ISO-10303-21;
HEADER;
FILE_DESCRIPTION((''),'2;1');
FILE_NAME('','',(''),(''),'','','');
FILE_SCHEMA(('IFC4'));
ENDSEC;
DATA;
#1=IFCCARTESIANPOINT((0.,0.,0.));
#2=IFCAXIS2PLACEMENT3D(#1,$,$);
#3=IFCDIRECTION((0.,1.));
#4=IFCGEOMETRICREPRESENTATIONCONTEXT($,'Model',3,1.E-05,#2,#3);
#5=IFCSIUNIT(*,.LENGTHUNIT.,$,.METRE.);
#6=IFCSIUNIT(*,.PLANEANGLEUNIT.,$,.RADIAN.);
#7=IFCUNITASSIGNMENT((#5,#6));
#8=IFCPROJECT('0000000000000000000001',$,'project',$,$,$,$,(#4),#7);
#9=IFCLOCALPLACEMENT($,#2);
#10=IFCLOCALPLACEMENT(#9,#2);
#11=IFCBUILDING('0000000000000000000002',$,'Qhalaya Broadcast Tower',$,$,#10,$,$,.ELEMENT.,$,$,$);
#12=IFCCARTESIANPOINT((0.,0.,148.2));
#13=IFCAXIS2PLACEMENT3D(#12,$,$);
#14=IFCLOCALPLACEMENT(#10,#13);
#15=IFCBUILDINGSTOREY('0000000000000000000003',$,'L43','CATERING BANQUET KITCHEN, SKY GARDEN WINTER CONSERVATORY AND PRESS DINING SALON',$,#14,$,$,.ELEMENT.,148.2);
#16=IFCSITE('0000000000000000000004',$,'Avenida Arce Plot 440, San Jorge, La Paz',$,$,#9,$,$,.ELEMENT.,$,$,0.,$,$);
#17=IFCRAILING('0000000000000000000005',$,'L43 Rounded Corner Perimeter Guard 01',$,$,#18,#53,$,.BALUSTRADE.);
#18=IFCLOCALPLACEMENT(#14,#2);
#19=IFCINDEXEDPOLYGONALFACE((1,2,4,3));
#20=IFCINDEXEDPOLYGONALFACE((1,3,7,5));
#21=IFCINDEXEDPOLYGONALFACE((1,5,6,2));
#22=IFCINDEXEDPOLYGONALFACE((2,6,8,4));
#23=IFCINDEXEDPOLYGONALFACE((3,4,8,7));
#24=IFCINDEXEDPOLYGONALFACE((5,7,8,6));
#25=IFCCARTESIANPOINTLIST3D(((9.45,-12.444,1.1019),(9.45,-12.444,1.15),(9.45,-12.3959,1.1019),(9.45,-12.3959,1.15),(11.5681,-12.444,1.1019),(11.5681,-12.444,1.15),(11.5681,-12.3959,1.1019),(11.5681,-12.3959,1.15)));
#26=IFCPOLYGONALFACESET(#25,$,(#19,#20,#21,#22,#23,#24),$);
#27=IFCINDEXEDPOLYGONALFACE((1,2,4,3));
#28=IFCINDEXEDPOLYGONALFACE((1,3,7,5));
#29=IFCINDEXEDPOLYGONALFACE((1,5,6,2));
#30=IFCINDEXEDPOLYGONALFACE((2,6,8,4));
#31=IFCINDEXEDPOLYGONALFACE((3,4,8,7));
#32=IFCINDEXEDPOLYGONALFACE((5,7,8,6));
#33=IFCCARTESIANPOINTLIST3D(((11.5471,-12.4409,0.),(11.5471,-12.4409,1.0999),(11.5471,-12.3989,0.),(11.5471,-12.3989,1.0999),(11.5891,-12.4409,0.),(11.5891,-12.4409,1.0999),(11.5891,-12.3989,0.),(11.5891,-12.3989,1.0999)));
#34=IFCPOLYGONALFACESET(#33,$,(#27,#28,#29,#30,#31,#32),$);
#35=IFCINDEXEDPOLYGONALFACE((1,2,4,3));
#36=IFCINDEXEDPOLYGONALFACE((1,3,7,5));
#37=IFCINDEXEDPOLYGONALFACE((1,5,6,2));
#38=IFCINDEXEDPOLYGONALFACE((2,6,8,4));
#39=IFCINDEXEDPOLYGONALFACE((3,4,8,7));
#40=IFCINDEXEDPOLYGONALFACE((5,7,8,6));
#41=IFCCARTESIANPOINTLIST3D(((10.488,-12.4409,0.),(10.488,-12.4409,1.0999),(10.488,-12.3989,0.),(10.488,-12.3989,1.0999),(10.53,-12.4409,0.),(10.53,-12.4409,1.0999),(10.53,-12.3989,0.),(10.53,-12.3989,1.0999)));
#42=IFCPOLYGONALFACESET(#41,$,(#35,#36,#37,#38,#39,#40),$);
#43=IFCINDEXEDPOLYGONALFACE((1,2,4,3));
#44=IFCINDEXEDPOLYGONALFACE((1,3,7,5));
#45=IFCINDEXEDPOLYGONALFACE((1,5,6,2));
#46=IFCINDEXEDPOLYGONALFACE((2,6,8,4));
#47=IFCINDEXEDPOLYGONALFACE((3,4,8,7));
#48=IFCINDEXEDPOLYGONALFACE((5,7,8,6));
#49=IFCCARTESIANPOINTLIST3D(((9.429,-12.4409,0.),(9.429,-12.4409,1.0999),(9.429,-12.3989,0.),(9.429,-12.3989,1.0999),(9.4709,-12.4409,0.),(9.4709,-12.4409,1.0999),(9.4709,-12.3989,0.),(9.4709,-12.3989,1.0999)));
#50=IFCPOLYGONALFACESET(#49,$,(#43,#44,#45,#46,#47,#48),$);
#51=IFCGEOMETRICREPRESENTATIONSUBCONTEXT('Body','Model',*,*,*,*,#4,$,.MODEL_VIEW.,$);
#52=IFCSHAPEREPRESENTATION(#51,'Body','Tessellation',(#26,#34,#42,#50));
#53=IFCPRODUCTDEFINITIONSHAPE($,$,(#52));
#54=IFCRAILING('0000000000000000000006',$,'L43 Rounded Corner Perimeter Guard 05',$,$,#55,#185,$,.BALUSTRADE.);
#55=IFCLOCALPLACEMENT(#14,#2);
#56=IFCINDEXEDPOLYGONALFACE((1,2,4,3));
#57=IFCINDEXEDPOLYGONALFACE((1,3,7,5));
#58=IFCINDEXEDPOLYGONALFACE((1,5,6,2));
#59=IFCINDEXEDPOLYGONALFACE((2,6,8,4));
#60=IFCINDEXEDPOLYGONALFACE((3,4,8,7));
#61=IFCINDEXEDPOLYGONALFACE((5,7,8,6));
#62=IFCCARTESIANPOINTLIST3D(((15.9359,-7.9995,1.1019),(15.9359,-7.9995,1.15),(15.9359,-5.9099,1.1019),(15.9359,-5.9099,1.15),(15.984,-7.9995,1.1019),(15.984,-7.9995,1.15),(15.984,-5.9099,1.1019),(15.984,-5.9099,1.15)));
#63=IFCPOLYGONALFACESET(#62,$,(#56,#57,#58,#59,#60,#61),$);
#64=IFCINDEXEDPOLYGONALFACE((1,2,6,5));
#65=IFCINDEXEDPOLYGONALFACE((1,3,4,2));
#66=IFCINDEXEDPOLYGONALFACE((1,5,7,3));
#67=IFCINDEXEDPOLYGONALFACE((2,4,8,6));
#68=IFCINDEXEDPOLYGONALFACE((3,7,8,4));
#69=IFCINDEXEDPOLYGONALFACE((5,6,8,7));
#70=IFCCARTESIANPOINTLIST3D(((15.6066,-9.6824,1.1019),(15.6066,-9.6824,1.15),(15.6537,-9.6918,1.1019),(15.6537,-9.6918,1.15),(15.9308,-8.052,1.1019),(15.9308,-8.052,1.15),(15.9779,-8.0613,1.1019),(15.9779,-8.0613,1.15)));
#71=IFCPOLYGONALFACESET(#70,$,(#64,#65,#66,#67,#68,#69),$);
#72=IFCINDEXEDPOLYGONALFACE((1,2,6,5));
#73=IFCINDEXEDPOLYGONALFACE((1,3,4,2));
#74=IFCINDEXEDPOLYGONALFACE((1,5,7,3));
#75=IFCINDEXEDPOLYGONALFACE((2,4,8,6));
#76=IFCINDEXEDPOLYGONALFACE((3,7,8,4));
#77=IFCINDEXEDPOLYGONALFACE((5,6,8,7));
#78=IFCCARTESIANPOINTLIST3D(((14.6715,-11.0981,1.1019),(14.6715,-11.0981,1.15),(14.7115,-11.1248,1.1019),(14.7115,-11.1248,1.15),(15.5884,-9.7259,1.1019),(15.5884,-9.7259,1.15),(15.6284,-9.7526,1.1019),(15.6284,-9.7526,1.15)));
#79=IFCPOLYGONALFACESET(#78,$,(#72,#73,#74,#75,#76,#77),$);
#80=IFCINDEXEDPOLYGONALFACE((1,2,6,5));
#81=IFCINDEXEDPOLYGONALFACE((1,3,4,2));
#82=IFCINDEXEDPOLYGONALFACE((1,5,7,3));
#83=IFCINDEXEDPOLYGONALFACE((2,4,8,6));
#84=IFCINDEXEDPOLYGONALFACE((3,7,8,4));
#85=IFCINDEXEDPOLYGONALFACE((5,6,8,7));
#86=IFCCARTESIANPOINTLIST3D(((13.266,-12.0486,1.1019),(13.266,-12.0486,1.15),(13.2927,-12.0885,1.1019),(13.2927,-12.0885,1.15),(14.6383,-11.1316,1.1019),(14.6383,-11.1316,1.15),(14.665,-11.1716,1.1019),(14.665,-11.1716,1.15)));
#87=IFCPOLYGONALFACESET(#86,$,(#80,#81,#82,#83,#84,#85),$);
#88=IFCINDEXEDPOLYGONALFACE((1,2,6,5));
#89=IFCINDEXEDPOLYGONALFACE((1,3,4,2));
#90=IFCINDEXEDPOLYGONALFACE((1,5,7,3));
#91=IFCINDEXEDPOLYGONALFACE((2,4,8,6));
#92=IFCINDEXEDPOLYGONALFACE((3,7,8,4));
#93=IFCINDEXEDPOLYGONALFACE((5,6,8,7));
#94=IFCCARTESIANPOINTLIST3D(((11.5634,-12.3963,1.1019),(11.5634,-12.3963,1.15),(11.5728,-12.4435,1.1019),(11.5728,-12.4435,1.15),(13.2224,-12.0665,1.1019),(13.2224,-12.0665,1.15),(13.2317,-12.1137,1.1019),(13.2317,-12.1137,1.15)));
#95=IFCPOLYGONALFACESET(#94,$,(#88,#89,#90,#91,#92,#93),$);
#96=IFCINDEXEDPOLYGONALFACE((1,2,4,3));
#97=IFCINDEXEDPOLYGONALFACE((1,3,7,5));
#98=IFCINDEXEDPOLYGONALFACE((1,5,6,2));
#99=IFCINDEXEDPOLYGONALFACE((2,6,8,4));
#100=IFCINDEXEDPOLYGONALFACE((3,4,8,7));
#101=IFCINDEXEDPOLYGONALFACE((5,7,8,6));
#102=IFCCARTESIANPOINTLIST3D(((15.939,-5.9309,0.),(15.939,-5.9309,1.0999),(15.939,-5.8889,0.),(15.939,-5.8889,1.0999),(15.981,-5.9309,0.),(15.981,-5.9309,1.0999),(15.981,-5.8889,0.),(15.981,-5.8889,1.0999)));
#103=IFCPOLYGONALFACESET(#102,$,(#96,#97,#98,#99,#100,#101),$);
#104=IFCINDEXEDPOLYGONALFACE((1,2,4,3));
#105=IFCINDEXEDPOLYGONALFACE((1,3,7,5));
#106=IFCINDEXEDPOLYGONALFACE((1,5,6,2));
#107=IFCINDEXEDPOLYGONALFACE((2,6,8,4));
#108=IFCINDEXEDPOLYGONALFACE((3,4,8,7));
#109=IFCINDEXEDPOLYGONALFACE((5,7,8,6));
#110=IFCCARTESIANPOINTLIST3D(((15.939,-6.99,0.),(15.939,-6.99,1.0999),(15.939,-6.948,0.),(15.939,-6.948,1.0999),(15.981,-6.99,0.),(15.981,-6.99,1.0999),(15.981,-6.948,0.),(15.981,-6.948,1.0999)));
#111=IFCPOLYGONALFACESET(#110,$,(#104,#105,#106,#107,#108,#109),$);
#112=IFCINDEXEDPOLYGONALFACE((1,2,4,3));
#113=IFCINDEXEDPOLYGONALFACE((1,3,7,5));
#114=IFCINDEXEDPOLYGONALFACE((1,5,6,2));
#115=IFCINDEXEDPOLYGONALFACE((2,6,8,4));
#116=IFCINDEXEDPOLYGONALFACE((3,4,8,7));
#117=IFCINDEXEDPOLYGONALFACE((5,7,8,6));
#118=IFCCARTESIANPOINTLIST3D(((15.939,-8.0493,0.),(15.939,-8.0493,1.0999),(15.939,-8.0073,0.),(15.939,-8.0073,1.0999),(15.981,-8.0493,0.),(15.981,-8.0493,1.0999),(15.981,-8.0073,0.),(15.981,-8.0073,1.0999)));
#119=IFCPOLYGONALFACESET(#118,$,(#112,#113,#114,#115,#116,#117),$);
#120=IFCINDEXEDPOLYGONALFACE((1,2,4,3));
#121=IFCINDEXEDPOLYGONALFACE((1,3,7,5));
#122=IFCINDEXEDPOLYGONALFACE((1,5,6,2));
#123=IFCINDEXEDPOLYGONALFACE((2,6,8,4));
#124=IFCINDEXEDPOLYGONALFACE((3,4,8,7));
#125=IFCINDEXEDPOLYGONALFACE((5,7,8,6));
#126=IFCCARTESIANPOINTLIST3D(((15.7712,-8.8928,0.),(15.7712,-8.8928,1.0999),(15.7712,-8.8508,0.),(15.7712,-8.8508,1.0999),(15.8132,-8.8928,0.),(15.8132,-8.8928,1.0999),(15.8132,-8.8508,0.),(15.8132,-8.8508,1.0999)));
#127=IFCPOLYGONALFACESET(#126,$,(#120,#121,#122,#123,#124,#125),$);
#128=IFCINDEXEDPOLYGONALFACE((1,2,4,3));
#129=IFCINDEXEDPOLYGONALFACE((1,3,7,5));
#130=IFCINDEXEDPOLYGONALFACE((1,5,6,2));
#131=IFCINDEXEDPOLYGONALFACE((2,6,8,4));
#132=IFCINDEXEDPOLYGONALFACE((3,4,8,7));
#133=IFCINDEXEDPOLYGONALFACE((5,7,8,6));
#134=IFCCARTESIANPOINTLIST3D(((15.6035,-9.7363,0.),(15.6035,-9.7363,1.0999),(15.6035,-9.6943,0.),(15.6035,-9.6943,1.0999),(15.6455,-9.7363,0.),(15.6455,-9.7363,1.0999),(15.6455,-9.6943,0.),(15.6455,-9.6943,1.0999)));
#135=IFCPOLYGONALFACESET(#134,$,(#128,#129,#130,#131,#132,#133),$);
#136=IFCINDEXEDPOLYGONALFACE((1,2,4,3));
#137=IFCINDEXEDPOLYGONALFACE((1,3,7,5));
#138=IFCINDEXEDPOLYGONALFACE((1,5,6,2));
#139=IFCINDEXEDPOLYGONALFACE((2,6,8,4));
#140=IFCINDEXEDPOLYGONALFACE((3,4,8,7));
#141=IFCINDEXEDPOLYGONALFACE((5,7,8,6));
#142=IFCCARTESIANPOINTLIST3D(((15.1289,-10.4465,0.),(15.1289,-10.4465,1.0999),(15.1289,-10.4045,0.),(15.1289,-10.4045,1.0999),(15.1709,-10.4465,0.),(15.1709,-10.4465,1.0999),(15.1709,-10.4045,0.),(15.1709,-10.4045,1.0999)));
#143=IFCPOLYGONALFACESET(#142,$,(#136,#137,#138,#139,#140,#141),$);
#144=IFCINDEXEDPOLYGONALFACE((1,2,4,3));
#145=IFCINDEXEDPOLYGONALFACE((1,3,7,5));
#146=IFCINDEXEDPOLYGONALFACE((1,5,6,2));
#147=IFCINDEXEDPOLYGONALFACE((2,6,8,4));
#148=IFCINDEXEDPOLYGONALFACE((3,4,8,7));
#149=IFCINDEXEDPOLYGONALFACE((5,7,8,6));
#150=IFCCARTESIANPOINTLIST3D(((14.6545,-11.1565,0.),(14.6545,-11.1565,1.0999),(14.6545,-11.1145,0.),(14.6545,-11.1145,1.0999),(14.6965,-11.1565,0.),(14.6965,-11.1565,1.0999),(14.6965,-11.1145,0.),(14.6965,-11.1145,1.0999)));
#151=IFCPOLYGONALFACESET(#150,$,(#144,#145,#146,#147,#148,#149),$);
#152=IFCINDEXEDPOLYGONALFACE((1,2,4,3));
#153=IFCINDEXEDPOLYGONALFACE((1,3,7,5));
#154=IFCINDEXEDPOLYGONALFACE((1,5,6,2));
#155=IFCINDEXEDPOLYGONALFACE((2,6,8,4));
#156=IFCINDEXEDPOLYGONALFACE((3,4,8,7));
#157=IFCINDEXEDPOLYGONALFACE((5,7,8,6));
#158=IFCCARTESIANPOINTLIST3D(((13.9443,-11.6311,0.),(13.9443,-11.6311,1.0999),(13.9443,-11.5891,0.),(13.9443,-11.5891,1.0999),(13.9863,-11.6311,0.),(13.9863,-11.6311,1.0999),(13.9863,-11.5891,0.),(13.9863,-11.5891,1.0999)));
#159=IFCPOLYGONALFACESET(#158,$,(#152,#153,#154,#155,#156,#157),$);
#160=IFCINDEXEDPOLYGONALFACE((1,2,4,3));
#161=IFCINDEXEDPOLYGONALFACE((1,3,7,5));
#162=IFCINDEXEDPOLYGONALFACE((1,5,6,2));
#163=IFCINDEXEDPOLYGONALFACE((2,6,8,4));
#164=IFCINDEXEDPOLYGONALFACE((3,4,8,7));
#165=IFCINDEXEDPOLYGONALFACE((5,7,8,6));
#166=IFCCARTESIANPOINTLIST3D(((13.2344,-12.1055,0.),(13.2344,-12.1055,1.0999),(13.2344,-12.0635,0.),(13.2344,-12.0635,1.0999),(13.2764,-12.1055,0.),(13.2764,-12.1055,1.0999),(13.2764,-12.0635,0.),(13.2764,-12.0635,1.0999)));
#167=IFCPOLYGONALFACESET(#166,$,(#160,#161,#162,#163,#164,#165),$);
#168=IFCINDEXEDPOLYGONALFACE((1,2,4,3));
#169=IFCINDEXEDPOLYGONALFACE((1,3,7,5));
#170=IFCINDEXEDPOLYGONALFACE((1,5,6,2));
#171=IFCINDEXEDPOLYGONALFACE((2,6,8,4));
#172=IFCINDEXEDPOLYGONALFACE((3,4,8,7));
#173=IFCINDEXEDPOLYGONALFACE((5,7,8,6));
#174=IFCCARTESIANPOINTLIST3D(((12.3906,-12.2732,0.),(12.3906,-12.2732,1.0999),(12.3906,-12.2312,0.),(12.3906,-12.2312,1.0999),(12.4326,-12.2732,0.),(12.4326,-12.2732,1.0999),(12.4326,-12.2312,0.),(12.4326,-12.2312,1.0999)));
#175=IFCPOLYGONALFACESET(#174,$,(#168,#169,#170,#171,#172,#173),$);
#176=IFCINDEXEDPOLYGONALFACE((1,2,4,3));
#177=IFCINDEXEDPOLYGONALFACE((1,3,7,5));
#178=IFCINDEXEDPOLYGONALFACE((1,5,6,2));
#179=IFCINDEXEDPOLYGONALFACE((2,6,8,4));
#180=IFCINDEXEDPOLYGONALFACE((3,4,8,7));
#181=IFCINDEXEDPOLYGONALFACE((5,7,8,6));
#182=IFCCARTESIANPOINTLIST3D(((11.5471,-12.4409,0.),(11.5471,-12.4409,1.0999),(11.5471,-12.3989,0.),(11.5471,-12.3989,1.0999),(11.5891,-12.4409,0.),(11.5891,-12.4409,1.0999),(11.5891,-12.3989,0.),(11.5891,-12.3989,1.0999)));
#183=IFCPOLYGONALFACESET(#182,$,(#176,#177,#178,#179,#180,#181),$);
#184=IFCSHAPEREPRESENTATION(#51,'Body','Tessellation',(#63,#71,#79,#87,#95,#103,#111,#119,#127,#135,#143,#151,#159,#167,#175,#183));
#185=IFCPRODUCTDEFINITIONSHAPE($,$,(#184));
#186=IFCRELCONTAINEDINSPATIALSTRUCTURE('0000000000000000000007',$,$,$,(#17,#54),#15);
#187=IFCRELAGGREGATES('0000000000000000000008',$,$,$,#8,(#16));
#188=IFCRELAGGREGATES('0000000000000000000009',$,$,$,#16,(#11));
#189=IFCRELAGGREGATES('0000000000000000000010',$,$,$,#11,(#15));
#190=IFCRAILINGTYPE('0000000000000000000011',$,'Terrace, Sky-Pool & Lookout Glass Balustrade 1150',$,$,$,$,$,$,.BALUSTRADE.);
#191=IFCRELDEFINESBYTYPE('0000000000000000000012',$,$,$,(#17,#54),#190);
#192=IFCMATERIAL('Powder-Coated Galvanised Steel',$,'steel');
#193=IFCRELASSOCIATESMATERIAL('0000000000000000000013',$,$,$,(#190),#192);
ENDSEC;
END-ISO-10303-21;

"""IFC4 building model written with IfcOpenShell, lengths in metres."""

from ifc_helpers import new_model, si_unit, direction, frame, origin, origin_2d, place, context, subcontext, project, spatial, rectangle, extrude, material, type_object, element, save


model = new_model("IFC4")

# Units and contexts
model_context = context("Model", 3, precision=1e-05, world=origin(), true_north=direction((0.0, 1.0)))
body_context = subcontext(model_context, "Body", "Model", "MODEL_VIEW")
ifc_project = project(units=[si_unit("LENGTHUNIT", "METRE"), si_unit("PLANEANGLEUNIT", "RADIAN")], contexts=[model_context])

# Site, building, storey
site_placement = place(None, origin())
site = spatial("IfcSite", under=ifc_project, at=site_placement, Name="Avenida Arce Plot 440, San Jorge, La Paz", CompositionType="ELEMENT", RefElevation=0.0)
building_placement = place(site_placement, origin())
building = spatial("IfcBuilding", under=site, at=building_placement, Name="Qhalaya Broadcast Tower", CompositionType="ELEMENT")
storey_placement = place(building_placement, frame((0.0, 0.0, 148.2)))
storey = spatial("IfcBuildingStorey", under=building, at=storey_placement, Name="L43", Description="CATERING BANQUET KITCHEN, SKY GARDEN WINTER CONSERVATORY AND PRESS DINING SALON", CompositionType="ELEMENT", Elevation=148.2)

# Railings
ifc_material_1 = material(Name="Powder-Coated Galvanised Steel", Category="steel")
railing_type = type_object("IfcRailingType", Name="Terrace, Sky-Pool & Lookout Glass Balustrade 1150", PredefinedType="BALUSTRADE", material=ifc_material_1)
railing_1_placement = place(storey_placement, frame((11.5681, -12.4199, 0.0)))
element("IfcRailing", 1, at=railing_1_placement, inside=storey, type_object=railing_type, Name="L43 Rounded Corner Perimeter Guard 01", PredefinedType="BALUSTRADE", context=body_context, shape_type="SweptSolid", body=[
    extrude(rectangle(XDim=0.0481, YDim=0.0481, at=origin_2d()), frame((0.0, 0.0, 1.126), z_axis=(-1.0, 0.0, 0.0), x_axis=(0.0, -1.0, 0.0)), (0.0, 0.0, 1.0), 2.1182),
    extrude(rectangle(XDim=0.042, YDim=0.042, at=origin_2d()), origin(), (0.0, 0.0, 1.0), 1.0999),
    extrude(rectangle(XDim=0.042, YDim=0.042, at=origin_2d()), frame((-1.0591, 0.0, 0.0)), (0.0, 0.0, 1.0), 1.0999),
    extrude(rectangle(XDim=0.042, YDim=0.042, at=origin_2d()), frame((-2.1182, 0.0, 0.0)), (0.0, 0.0, 1.0), 1.0999),
])
railing_2_placement = place(storey_placement, frame((15.96, -5.9099, 0.0)))
element("IfcRailing", 2, at=railing_2_placement, inside=storey, type_object=railing_type, Name="L43 Rounded Corner Perimeter Guard 05", PredefinedType="BALUSTRADE", context=body_context, shape_type="SweptSolid", body=[
    extrude(rectangle(XDim=0.0481, YDim=0.0481, at=origin_2d()), frame((0.0, 0.0, 1.126), z_axis=(0.0, -1.0, 0.0), x_axis=(1.0, 0.0, 0.0)), (0.0, 0.0, 1.0), 2.0896),
    extrude(rectangle(XDim=0.0481, YDim=0.0481, at=origin_2d()), frame((-0.0056, -2.1467, 1.126), z_axis=(-0.195024, -0.980798, 0.0), x_axis=(0.980798, -0.195024, 0.0)), (0.0, 0.0, 1.0), 1.6624),
    extrude(rectangle(XDim=0.0481, YDim=0.0481, at=origin_2d()), frame((-0.3516, -3.8293, 1.126), z_axis=(-0.55559, -0.831456, 0.0), x_axis=(0.831456, -0.55559, 0.0)), (0.0, 0.0, 1.0), 1.6504),
    extrude(rectangle(XDim=0.0481, YDim=0.0481, at=origin_2d()), frame((-1.3083, -5.2417, 1.126), z_axis=(-0.831456, -0.55559, 0.0), x_axis=(0.55559, -0.831456, 0.0)), (0.0, 0.0, 1.0), 1.6504),
    extrude(rectangle(XDim=0.0481, YDim=0.0481, at=origin_2d()), frame((-2.7329, -6.1802, 1.126), z_axis=(-0.980804, -0.194997, 0.0), x_axis=(0.194997, -0.980804, 0.0)), (0.0, 0.0, 1.0), 1.6914),
    extrude(rectangle(XDim=0.042, YDim=0.042, at=origin_2d()), origin(), (0.0, 0.0, 1.0), 1.0999),
    extrude(rectangle(XDim=0.042, YDim=0.042, at=origin_2d()), frame((0.0, -1.0591, 0.0)), (0.0, 0.0, 1.0), 1.0999),
    extrude(rectangle(XDim=0.042, YDim=0.042, at=origin_2d()), frame((0.0, -2.1184, 0.0)), (0.0, 0.0, 1.0), 1.0999),
    extrude(rectangle(XDim=0.042, YDim=0.042, at=origin_2d()), frame((-0.1677, -2.9619, 0.0)), (0.0, 0.0, 1.0), 1.0999),
    extrude(rectangle(XDim=0.042, YDim=0.042, at=origin_2d()), frame((-0.3354, -3.8054, 0.0)), (0.0, 0.0, 1.0), 1.0999),
    extrude(rectangle(XDim=0.042, YDim=0.042, at=origin_2d()), frame((-0.8101, -4.5156, 0.0)), (0.0, 0.0, 1.0), 1.0999),
    extrude(rectangle(XDim=0.042, YDim=0.042, at=origin_2d()), frame((-1.2844, -5.2256, 0.0)), (0.0, 0.0, 1.0), 1.0999),
    extrude(rectangle(XDim=0.042, YDim=0.042, at=origin_2d()), frame((-1.9946, -5.7002, 0.0)), (0.0, 0.0, 1.0), 1.0999),
    extrude(rectangle(XDim=0.042, YDim=0.042, at=origin_2d()), frame((-2.7046, -6.1746, 0.0)), (0.0, 0.0, 1.0), 1.0999),
    extrude(rectangle(XDim=0.042, YDim=0.042, at=origin_2d()), frame((-3.5483, -6.3423, 0.0)), (0.0, 0.0, 1.0), 1.0999),
    extrude(rectangle(XDim=0.042, YDim=0.042, at=origin_2d()), frame((-4.3918, -6.51, 0.0)), (0.0, 0.0, 1.0), 1.0999),
])

save(model, "model.ifc")
